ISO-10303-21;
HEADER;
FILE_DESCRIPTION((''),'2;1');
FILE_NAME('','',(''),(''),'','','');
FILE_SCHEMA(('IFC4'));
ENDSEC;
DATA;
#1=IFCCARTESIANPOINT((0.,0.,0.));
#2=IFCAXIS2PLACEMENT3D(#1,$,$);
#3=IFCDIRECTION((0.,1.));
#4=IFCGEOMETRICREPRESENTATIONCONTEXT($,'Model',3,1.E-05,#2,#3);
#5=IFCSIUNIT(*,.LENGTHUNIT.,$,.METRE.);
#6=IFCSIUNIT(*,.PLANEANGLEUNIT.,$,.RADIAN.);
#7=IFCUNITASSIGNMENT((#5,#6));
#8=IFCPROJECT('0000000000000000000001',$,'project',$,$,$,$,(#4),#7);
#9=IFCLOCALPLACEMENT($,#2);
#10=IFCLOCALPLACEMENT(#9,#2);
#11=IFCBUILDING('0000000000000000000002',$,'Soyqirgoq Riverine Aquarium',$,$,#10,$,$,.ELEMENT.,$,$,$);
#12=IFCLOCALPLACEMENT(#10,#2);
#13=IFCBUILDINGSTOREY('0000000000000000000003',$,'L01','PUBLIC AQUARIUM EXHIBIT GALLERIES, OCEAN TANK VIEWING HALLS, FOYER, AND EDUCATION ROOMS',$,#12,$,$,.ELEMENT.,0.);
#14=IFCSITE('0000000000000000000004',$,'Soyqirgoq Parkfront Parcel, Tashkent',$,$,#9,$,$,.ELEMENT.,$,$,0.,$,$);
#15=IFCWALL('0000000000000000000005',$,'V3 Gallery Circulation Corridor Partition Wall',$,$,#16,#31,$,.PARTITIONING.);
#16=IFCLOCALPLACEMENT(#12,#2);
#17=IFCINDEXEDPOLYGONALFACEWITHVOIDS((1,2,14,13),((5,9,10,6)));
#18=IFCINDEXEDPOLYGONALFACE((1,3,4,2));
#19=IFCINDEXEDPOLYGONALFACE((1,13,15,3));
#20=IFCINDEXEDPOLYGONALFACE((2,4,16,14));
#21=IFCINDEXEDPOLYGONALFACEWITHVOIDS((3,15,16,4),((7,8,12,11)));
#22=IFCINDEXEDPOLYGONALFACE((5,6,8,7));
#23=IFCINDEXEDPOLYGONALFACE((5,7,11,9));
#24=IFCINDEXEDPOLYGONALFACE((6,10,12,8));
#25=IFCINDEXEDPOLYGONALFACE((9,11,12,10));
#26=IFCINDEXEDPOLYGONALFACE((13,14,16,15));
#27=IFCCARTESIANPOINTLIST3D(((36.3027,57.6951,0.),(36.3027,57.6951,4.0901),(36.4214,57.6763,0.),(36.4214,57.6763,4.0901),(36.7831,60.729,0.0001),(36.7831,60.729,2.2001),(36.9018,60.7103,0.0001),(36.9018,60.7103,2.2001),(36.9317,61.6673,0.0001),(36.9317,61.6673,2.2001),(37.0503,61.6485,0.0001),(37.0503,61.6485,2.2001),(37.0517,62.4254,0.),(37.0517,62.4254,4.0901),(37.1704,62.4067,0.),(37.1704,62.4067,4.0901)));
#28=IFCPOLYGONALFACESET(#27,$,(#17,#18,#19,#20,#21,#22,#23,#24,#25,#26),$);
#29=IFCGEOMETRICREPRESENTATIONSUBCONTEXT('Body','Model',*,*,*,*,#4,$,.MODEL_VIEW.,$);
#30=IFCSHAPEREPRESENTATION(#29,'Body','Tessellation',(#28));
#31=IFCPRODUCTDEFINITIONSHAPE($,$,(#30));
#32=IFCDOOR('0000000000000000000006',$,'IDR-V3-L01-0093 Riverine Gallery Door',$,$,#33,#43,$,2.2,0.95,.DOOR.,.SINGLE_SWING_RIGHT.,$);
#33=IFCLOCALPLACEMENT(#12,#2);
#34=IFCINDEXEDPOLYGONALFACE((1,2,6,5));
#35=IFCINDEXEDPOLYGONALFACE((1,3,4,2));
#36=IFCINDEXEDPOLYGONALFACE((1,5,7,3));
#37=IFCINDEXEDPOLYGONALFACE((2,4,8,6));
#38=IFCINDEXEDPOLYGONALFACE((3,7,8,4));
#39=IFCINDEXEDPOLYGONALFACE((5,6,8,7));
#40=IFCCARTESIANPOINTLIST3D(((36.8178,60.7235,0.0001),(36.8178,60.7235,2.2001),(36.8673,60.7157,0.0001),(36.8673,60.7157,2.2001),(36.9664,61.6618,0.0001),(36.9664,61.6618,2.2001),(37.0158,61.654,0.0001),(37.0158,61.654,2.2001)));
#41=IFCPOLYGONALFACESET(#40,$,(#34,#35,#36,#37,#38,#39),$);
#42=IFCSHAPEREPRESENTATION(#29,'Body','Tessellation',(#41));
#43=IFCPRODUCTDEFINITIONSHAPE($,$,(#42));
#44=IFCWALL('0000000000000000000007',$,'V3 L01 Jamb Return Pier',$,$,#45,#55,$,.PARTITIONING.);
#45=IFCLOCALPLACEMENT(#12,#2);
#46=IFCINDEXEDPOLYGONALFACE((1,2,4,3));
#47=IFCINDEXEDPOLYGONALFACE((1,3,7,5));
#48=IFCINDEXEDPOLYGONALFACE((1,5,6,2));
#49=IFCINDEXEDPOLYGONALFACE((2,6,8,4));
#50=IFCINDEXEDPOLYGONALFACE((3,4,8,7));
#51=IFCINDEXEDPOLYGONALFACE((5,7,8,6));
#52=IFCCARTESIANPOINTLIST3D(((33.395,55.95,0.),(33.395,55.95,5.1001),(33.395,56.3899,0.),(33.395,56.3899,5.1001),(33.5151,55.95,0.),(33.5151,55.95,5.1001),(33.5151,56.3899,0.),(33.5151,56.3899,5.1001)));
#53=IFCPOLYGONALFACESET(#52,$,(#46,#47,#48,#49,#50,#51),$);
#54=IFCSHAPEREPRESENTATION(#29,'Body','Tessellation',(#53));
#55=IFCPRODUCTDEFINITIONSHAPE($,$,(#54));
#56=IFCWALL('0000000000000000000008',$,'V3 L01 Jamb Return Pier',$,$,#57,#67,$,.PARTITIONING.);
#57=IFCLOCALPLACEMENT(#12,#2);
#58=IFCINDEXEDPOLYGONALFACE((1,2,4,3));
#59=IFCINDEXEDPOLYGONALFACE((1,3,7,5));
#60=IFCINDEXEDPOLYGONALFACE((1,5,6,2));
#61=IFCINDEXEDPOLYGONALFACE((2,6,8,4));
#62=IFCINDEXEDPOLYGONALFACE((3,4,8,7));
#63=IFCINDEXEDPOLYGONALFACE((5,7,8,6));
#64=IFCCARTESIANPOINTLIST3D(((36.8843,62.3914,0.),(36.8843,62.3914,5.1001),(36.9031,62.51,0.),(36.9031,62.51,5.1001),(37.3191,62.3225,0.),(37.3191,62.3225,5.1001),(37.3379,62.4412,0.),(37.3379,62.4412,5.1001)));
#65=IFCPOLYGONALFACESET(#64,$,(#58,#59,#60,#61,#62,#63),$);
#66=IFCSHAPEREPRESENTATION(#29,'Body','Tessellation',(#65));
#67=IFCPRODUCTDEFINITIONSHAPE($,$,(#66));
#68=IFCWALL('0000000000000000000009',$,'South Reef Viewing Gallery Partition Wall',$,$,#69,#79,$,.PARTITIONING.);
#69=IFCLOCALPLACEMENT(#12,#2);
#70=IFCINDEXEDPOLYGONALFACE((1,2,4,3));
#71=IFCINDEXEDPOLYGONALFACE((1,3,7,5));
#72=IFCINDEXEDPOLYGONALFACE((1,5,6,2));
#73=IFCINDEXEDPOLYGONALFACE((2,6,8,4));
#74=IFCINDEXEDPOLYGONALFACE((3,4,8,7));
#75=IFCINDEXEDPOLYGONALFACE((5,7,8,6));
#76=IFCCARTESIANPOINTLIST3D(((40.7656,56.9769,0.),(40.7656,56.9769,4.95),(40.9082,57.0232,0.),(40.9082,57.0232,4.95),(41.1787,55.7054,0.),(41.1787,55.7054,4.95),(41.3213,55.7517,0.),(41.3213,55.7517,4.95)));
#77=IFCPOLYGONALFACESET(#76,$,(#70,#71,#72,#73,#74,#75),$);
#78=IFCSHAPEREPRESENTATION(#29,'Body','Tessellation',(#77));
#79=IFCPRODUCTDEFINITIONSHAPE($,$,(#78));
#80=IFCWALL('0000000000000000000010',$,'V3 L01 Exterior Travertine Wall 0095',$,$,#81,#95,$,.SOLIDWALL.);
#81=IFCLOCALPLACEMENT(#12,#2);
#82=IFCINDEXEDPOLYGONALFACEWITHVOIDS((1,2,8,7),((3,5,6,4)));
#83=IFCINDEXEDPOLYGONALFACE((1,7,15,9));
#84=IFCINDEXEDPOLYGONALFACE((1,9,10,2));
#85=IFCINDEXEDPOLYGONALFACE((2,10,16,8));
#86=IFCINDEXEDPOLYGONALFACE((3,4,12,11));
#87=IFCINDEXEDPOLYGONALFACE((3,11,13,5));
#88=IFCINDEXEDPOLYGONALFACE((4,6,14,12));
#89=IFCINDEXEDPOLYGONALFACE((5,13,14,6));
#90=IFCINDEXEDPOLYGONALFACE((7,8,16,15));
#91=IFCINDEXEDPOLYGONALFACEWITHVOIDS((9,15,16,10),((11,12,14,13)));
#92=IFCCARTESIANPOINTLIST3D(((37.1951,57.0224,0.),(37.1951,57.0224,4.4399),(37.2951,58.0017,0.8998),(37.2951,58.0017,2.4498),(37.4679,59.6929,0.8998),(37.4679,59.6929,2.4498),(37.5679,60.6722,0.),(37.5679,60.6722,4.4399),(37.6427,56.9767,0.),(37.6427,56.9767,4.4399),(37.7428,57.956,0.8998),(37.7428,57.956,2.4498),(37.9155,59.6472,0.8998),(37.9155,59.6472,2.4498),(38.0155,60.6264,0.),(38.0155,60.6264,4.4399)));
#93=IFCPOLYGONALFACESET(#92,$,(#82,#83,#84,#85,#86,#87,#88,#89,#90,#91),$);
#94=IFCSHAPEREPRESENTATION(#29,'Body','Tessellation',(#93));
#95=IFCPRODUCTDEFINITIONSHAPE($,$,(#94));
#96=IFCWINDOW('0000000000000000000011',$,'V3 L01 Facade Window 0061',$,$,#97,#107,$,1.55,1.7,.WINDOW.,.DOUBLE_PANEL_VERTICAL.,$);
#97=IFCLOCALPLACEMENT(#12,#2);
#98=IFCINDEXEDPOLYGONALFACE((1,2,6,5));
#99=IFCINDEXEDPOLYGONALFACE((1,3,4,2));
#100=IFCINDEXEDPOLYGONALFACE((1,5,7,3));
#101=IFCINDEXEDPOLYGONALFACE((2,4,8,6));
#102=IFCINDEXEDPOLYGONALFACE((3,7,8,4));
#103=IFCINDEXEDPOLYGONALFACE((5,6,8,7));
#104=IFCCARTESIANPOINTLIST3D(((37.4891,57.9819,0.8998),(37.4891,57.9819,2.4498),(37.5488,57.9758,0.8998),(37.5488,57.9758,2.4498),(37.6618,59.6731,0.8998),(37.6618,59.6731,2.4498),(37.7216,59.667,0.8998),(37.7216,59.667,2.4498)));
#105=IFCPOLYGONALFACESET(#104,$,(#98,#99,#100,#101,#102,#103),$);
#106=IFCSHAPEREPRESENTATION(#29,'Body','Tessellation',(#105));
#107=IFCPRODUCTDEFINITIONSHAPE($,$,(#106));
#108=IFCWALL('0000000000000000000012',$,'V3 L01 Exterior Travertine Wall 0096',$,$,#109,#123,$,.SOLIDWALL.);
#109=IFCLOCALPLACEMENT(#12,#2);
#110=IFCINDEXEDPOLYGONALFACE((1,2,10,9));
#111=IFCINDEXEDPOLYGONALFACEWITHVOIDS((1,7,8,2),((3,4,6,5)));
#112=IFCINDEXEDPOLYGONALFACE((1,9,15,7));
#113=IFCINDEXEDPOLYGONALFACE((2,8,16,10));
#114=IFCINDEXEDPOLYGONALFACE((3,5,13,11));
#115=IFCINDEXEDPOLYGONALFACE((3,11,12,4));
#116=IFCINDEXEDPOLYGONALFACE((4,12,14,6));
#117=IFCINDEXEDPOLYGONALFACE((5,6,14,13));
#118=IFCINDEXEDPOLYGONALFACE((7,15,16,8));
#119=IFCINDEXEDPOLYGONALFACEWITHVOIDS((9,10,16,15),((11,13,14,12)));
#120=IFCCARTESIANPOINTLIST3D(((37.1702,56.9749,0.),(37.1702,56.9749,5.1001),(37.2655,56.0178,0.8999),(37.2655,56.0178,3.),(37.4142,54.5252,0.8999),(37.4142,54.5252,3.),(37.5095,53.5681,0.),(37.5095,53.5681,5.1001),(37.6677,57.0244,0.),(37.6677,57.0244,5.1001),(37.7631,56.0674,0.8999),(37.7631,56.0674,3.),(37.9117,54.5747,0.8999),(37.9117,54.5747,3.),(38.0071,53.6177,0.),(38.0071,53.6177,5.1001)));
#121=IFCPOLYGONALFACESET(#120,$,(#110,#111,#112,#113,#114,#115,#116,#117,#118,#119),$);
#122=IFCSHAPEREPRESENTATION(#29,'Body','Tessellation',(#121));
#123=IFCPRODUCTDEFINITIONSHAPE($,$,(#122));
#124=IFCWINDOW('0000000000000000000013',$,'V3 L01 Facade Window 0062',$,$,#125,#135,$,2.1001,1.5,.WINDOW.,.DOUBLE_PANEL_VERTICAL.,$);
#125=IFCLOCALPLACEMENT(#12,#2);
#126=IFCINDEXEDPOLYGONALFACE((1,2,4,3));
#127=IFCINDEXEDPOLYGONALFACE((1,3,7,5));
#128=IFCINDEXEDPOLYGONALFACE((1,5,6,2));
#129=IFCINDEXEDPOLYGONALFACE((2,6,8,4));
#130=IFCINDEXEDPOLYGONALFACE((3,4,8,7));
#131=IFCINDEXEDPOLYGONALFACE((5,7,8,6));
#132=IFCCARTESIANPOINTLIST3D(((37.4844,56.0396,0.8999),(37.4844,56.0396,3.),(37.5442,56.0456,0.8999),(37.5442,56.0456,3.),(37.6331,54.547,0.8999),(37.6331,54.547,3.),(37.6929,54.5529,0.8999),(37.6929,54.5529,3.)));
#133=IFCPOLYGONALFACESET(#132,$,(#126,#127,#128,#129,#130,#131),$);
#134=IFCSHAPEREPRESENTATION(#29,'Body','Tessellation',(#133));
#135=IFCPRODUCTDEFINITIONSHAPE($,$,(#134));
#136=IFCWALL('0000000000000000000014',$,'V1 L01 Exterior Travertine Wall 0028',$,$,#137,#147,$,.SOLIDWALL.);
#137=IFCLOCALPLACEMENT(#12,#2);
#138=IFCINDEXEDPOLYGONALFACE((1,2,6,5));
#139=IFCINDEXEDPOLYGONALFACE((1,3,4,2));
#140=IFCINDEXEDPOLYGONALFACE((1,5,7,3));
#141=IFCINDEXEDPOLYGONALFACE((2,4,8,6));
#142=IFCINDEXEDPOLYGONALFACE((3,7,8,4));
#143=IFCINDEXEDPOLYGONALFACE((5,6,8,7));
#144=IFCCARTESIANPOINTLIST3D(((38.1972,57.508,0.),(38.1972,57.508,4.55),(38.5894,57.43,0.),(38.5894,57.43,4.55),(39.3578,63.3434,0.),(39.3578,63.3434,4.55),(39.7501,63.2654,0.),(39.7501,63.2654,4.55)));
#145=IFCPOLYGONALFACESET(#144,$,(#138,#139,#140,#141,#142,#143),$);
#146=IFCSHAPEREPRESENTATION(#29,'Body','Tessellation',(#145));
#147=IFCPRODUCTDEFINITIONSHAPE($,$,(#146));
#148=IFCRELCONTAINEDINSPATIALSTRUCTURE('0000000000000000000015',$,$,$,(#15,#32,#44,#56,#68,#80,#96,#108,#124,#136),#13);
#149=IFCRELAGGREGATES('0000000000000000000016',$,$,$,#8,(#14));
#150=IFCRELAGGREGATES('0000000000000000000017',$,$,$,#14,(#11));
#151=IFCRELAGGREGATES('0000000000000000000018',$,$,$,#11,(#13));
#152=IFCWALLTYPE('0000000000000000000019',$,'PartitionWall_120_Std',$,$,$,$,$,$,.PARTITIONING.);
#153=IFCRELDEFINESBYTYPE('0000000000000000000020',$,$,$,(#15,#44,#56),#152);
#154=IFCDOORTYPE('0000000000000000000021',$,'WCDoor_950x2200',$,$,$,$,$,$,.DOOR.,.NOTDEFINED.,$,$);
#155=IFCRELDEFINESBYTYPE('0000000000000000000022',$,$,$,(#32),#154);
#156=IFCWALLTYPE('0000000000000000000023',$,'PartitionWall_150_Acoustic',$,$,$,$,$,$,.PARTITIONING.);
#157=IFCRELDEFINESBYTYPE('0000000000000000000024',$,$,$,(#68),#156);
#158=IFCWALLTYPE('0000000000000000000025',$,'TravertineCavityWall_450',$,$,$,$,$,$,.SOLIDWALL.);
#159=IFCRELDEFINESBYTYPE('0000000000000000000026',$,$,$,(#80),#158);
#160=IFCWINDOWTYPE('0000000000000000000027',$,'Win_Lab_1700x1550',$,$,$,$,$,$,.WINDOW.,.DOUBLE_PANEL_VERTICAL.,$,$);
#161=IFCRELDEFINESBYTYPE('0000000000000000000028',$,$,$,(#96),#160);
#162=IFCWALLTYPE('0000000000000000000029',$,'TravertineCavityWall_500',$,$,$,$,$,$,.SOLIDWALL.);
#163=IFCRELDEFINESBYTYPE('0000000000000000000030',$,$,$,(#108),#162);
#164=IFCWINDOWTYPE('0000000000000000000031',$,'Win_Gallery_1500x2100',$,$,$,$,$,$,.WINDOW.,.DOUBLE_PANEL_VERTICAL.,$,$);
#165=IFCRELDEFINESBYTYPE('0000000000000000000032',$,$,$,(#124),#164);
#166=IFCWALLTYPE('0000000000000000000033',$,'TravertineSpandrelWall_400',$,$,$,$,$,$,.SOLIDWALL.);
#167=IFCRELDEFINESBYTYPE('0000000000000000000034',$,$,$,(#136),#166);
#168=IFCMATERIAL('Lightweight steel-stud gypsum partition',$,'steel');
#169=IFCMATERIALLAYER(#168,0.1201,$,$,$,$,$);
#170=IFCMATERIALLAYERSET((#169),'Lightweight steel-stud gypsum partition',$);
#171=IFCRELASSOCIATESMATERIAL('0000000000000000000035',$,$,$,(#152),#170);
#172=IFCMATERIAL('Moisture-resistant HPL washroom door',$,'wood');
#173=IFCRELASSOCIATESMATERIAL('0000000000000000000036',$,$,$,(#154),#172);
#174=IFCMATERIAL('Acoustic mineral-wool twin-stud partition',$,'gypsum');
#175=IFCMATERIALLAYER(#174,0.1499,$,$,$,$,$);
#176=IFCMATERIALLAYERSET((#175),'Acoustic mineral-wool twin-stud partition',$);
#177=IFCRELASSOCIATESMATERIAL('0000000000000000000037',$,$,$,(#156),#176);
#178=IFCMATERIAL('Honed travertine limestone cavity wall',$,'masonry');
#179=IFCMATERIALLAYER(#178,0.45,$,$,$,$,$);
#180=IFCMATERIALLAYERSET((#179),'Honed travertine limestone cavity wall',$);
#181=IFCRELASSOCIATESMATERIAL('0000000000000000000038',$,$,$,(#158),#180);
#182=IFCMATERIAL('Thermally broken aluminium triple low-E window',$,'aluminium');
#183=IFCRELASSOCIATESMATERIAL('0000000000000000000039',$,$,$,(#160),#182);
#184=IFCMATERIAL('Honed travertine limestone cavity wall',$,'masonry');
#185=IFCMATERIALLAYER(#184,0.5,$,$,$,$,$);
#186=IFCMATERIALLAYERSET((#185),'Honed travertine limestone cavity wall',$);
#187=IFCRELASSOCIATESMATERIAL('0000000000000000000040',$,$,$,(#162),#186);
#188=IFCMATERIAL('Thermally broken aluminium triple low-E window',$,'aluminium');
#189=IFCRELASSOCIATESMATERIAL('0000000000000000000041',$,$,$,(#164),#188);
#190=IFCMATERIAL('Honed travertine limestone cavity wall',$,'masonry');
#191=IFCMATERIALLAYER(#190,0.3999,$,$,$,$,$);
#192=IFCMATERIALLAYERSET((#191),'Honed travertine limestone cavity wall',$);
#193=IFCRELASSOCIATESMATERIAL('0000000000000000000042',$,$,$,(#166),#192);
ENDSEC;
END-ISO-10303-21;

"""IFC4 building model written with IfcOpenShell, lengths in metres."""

from ifc_helpers import new_model, si_unit, direction, frame, frame_2d, origin, place, context, subcontext, project, spatial, rectangle, extrude, material, layer, layer_set, type_object, element, fill, save


model = new_model("IFC4")

# Units and contexts
model_context = context("Model", 3, precision=1e-05, world=origin(), true_north=direction((0.0, 1.0)))
body_context = subcontext(model_context, "Body", "Model", "MODEL_VIEW")
ifc_project = project(units=[si_unit("LENGTHUNIT", "METRE"), si_unit("PLANEANGLEUNIT", "RADIAN")], contexts=[model_context])

# Site, building, storey
site_placement = place(None, origin())
site = spatial("IfcSite", under=ifc_project, at=site_placement, Name="Soyqirgoq Parkfront Parcel, Tashkent", CompositionType="ELEMENT", RefElevation=0.0)
building_placement = place(site_placement, origin())
building = spatial("IfcBuilding", under=site, at=building_placement, Name="Soyqirgoq Riverine Aquarium", CompositionType="ELEMENT")
storey_placement = place(building_placement, origin())
storey = spatial("IfcBuildingStorey", under=building, at=storey_placement, Name="L01", Description="PUBLIC AQUARIUM EXHIBIT GALLERIES, OCEAN TANK VIEWING HALLS, FOYER, AND EDUCATION ROOMS", CompositionType="ELEMENT", Elevation=0.0)

# Wall, opening, door
ifc_material_1 = material(Name="Lightweight steel-stud gypsum partition", Category="steel")
ifc_layer_1 = layer(ifc_material_1, 0.1201)
ifc_layer_set_1 = layer_set([ifc_layer_1], Name="Lightweight steel-stud gypsum partition")
wall_type_1 = type_object("IfcWallType", Name="PartitionWall_120_Std", PredefinedType="PARTITIONING", material=ifc_layer_set_1)
wall_1_placement = place(storey_placement, frame((36.3621, 57.6858, 0.0), z_axis=(0.0, 0.0, 1.0), x_axis=(0.156392, 0.987695, 0.0)))
wall_1 = element("IfcWall", 1, at=wall_1_placement, inside=storey, type_object=wall_type_1, Name="V3 Gallery Circulation Corridor Partition Wall", PredefinedType="PARTITIONING", context=body_context, shape_type="SweptSolid", body=[
    extrude(rectangle(XDim=4.7893, YDim=0.1201, at=frame_2d((2.3945, 0.0))), origin(), (0.0, 0.0, 1.0), 4.0901),
])
opening_1_placement = place(wall_1_placement, frame((3.0715, 0.0, 0.0)))
opening_1 = element("IfcOpeningElement", 2, at=opening_1_placement, cuts=wall_1, PredefinedType="OPENING", context=body_context, shape_type="SweptSolid", body=[
    extrude(rectangle(XDim=0.95, YDim=2.2, at=frame_2d((0.4751, 1.1001))), frame((0.0, 0.0701, 0.0), z_axis=(0.0, -1.0, 0.0), x_axis=(1.0, 0.0, 0.0)), (0.0, 0.0, 1.0), 0.1401),
])
ifc_material_2 = material(Name="Moisture-resistant HPL washroom door", Category="wood")
door_type = type_object("IfcDoorType", Name="WCDoor_950x2200", OperationType="NOTDEFINED", PredefinedType="DOOR", material=ifc_material_2)
door_placement = place(opening_1_placement, origin())
door = element("IfcDoor", 3, at=door_placement, inside=storey, type_object=door_type, Name="IDR-V3-L01-0093 Riverine Gallery Door", OperationType="SINGLE_SWING_RIGHT", OverallHeight=2.2, OverallWidth=0.95, PredefinedType="DOOR", context=body_context, shape_type="SweptSolid", body=[
    extrude(rectangle(XDim=0.95, YDim=2.2, at=frame_2d((0.4751, 1.1001))), frame((0.0, 0.0249, 0.0), z_axis=(0.0, -1.0, 0.0), x_axis=(1.0, 0.0, 0.0)), (0.0, 0.0, 1.0), 0.05),
])
fill(opening_1, door)

# Walls
wall_2_placement = place(storey_placement, frame((33.4551, 55.95, 0.0), z_axis=(0.0, 0.0, 1.0), x_axis=(0.0, 1.0, 0.0)))
element("IfcWall", 4, at=wall_2_placement, inside=storey, type_object=wall_type_1, Name="V3 L01 Jamb Return Pier", PredefinedType="PARTITIONING", context=body_context, shape_type="SweptSolid", body=[
    extrude(rectangle(XDim=0.4399, YDim=0.1201, at=frame_2d((0.22, 0.0))), origin(), (0.0, 0.0, 1.0), 5.1001),
])
wall_3_placement = place(storey_placement, frame((37.3286, 62.3818, 0.0), z_axis=(0.0, 0.0, 1.0), x_axis=(-0.987695, 0.15639, 0.0)))
element("IfcWall", 5, at=wall_3_placement, inside=storey, type_object=wall_type_1, Name="V3 L01 Jamb Return Pier", PredefinedType="PARTITIONING", context=body_context, shape_type="SweptSolid", body=[
    extrude(rectangle(XDim=0.4402, YDim=0.1201, at=frame_2d((0.2202, 0.0))), origin(), (0.0, 0.0, 1.0), 5.1001),
])
ifc_material_3 = material(Name="Acoustic mineral-wool twin-stud partition", Category="gypsum")
ifc_layer_2 = layer(ifc_material_3, 0.1499)
ifc_layer_set_2 = layer_set([ifc_layer_2], Name="Acoustic mineral-wool twin-stud partition")
wall_type_2 = type_object("IfcWallType", Name="PartitionWall_150_Acoustic", PredefinedType="PARTITIONING", material=ifc_layer_set_2)
wall_4_placement = place(storey_placement, frame((41.25, 55.7285, 0.0), z_axis=(0.0, 0.0, 1.0), x_axis=(-0.308987, 0.951066, 0.0)))
element("IfcWall", 6, at=wall_4_placement, inside=storey, type_object=wall_type_2, Name="South Reef Viewing Gallery Partition Wall", PredefinedType="PARTITIONING", context=body_context, shape_type="SweptSolid", body=[
    extrude(rectangle(XDim=1.3369, YDim=0.1499, at=frame_2d((0.6685, 0.0))), origin(), (0.0, 0.0, 1.0), 4.95),
])

# Walls, openings, windows
ifc_material_4 = material(Name="Honed travertine limestone cavity wall", Category="masonry")
ifc_layer_3 = layer(ifc_material_4, 0.45)
ifc_layer_set_3 = layer_set([ifc_layer_3], Name="Honed travertine limestone cavity wall")
wall_type_3 = type_object("IfcWallType", Name="TravertineCavityWall_450", PredefinedType="SOLIDWALL", material=ifc_layer_set_3)
wall_5_placement = place(storey_placement, frame((37.7917, 60.6494, 0.0), z_axis=(0.0, 0.0, 1.0), x_axis=(-0.101619, -0.994823, 0.0)))
wall_5 = element("IfcWall", 7, at=wall_5_placement, inside=storey, type_object=wall_type_3, Name="V3 L01 Exterior Travertine Wall 0095", PredefinedType="SOLIDWALL", context=body_context, shape_type="SweptSolid", body=[
    extrude(rectangle(XDim=3.6687, YDim=0.45, at=frame_2d((1.8345, 0.0))), origin(), (0.0, 0.0, 1.0), 4.4399),
])
opening_2_placement = place(wall_5_placement, frame((0.9844, 0.0, 0.8999)))
opening_2 = element("IfcOpeningElement", 8, at=opening_2_placement, cuts=wall_5, PredefinedType="OPENING", context=body_context, shape_type="SweptSolid", body=[
    extrude(rectangle(XDim=1.7, YDim=1.55, at=frame_2d((0.8501, 0.7749))), frame((0.0, 0.2349, 0.0), z_axis=(0.0, -1.0, 0.0), x_axis=(1.0, 0.0, 0.0)), (0.0, 0.0, 1.0), 0.47),
])
ifc_material_5 = material(Name="Thermally broken aluminium triple low-E window", Category="aluminium")
window_type_1 = type_object("IfcWindowType", Name="Win_Lab_1700x1550", PartitioningType="DOUBLE_PANEL_VERTICAL", PredefinedType="WINDOW", material=ifc_material_5)
window_1_placement = place(opening_2_placement, origin())
window_1 = element("IfcWindow", 9, at=window_1_placement, inside=storey, type_object=window_type_1, Name="V3 L01 Facade Window 0061", OverallHeight=1.55, OverallWidth=1.7, PartitioningType="DOUBLE_PANEL_VERTICAL", PredefinedType="WINDOW", context=body_context, shape_type="SweptSolid", body=[
    extrude(rectangle(XDim=1.7, YDim=1.55, at=frame_2d((0.8501, 0.7749))), frame((0.0, 0.03, 0.0), z_axis=(0.0, -1.0, 0.0), x_axis=(1.0, 0.0, 0.0)), (0.0, 0.0, 1.0), 0.0601),
])
fill(opening_2, window_1)
ifc_material_6 = material(Name="Honed travertine limestone cavity wall", Category="masonry")
ifc_layer_4 = layer(ifc_material_6, 0.5)
ifc_layer_set_4 = layer_set([ifc_layer_4], Name="Honed travertine limestone cavity wall")
wall_type_4 = type_object("IfcWallType", Name="TravertineCavityWall_500", PredefinedType="SOLIDWALL", material=ifc_layer_set_4)
wall_6_placement = place(storey_placement, frame((37.4189, 56.9998, 0.0), z_axis=(0.0, 0.0, 1.0), x_axis=(0.099122, -0.995075, 0.0)))
wall_6 = element("IfcWall", 10, at=wall_6_placement, inside=storey, type_object=wall_type_4, Name="V3 L01 Exterior Travertine Wall 0096", PredefinedType="SOLIDWALL", context=body_context, shape_type="SweptSolid", body=[
    extrude(rectangle(XDim=3.4236, YDim=0.5, at=frame_2d((1.7119, 0.0))), origin(), (0.0, 0.0, 1.0), 5.1001),
])
opening_3_placement = place(wall_6_placement, frame((0.9619, 0.0, 0.8999)))
opening_3 = element("IfcOpeningElement", 11, at=opening_3_placement, cuts=wall_6, PredefinedType="OPENING", context=body_context, shape_type="SweptSolid", body=[
    extrude(rectangle(XDim=1.5, YDim=2.1001, at=frame_2d((0.75, 1.05))), frame((0.0, 0.26, 0.0), z_axis=(0.0, -1.0, 0.0), x_axis=(1.0, 0.0, 0.0)), (0.0, 0.0, 1.0), 0.52),
])
ifc_material_7 = material(Name="Thermally broken aluminium triple low-E window", Category="aluminium")
window_type_2 = type_object("IfcWindowType", Name="Win_Gallery_1500x2100", PartitioningType="DOUBLE_PANEL_VERTICAL", PredefinedType="WINDOW", material=ifc_material_7)
window_2_placement = place(opening_3_placement, origin())
window_2 = element("IfcWindow", 12, at=window_2_placement, inside=storey, type_object=window_type_2, Name="V3 L01 Facade Window 0062", OverallHeight=2.1001, OverallWidth=1.5, PartitioningType="DOUBLE_PANEL_VERTICAL", PredefinedType="WINDOW", context=body_context, shape_type="SweptSolid", body=[
    extrude(rectangle(XDim=1.5, YDim=2.1001, at=frame_2d((0.75, 1.05))), frame((0.0, 0.03, 0.0), z_axis=(0.0, -1.0, 0.0), x_axis=(1.0, 0.0, 0.0)), (0.0, 0.0, 1.0), 0.0601),
])
fill(opening_3, window_2)

# Wall
ifc_material_8 = material(Name="Honed travertine limestone cavity wall", Category="masonry")
ifc_layer_5 = layer(ifc_material_8, 0.3999)
ifc_layer_set_5 = layer_set([ifc_layer_5], Name="Honed travertine limestone cavity wall")
wall_type_5 = type_object("IfcWallType", Name="TravertineSpandrelWall_400", PredefinedType="SOLIDWALL", material=ifc_layer_set_5)
wall_7_placement = place(storey_placement, frame((38.3933, 57.469, 0.0), z_axis=(0.0, 0.0, 1.0), x_axis=(0.195074, 0.980788, 0.0)))
element("IfcWall", 13, at=wall_7_placement, inside=storey, type_object=wall_type_5, Name="V1 L01 Exterior Travertine Wall 0028", PredefinedType="SOLIDWALL", context=body_context, shape_type="SweptSolid", body=[
    extrude(rectangle(XDim=5.9497, YDim=0.3999, at=frame_2d((2.9749, 0.0))), origin(), (0.0, 0.0, 1.0), 4.55),
])

save(model, "model.ifc")
